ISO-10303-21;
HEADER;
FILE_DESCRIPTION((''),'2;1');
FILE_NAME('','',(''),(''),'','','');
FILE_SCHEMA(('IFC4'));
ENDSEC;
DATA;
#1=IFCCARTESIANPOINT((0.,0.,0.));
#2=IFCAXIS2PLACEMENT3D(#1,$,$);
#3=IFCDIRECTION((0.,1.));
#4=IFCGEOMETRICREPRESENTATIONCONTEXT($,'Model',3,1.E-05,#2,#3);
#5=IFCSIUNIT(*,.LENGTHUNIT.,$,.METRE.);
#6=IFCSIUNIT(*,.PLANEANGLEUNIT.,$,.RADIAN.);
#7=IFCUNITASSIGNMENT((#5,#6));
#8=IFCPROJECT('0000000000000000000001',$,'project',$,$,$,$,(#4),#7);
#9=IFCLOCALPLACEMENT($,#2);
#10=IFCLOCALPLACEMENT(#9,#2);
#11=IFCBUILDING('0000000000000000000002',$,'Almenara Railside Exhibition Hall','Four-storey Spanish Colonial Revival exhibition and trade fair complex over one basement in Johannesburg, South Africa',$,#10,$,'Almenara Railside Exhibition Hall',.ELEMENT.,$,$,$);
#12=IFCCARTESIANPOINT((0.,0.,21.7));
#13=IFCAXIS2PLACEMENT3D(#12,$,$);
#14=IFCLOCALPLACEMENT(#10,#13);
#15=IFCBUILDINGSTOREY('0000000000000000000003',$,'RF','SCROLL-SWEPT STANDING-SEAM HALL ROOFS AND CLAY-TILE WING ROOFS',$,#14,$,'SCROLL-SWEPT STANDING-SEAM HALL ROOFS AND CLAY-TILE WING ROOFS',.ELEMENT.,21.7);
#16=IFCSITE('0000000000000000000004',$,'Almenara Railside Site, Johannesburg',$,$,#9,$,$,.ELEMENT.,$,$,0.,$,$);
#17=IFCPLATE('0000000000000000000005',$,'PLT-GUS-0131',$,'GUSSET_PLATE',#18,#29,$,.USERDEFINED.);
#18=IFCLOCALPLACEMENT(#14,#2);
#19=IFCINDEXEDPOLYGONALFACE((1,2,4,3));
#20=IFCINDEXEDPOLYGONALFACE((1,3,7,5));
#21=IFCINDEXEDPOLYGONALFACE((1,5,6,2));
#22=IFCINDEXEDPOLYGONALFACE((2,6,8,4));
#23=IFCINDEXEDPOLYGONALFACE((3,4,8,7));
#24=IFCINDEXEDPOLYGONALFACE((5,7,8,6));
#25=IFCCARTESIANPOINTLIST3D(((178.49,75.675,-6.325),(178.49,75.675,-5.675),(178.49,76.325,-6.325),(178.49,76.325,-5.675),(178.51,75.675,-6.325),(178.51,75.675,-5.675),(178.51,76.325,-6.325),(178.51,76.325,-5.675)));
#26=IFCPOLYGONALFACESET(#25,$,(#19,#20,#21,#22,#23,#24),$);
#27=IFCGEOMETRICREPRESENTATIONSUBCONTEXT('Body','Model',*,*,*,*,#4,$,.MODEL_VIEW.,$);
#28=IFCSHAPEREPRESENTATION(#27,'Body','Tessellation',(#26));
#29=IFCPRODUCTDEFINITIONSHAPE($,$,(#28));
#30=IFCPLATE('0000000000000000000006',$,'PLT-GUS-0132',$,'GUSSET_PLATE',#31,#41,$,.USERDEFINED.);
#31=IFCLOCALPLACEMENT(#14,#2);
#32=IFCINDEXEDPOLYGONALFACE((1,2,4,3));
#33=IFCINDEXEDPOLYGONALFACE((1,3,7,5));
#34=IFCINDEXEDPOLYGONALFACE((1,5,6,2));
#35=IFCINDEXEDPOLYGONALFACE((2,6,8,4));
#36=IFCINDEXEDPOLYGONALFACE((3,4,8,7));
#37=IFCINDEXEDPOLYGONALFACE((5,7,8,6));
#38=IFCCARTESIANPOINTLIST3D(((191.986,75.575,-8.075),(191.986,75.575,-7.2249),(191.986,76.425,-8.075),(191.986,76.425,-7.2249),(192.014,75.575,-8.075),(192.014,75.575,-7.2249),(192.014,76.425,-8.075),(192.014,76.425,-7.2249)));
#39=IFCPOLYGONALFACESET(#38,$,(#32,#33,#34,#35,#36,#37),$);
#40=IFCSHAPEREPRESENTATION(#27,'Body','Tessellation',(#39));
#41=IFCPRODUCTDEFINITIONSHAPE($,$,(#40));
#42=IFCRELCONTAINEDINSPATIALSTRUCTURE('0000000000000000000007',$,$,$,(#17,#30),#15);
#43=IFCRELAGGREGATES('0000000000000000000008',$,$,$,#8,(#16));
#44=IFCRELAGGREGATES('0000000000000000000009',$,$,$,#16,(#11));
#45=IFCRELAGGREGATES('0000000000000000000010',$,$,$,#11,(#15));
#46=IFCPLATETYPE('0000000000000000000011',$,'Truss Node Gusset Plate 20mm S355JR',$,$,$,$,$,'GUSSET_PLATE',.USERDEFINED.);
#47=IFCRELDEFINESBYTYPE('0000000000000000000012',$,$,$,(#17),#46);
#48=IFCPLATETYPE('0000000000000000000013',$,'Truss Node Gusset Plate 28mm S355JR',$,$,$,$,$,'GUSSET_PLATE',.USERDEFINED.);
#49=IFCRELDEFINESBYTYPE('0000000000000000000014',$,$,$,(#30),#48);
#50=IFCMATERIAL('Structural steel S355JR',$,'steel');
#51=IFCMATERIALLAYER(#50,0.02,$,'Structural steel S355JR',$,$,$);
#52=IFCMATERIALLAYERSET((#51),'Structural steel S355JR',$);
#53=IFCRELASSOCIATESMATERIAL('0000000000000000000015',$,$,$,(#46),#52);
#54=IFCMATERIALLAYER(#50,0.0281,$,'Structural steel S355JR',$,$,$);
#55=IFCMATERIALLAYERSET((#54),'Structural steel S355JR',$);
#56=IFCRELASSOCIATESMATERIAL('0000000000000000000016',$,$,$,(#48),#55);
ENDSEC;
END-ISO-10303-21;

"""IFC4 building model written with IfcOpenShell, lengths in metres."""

from ifc_helpers import new_model, si_unit, direction, frame, origin, origin_2d, place, context, subcontext, project, spatial, rectangle, extrude, material, layer, layer_set, type_object, element, save


model = new_model("IFC4")

# Units and contexts
model_context = context("Model", 3, precision=1e-05, world=origin(), true_north=direction((0.0, 1.0)))
body_context = subcontext(model_context, "Body", "Model", "MODEL_VIEW")
ifc_project = project(units=[si_unit("LENGTHUNIT", "METRE"), si_unit("PLANEANGLEUNIT", "RADIAN")], contexts=[model_context])

# Site, building, storey
site_placement = place(None, origin())
site = spatial("IfcSite", under=ifc_project, at=site_placement, Name="Almenara Railside Site, Johannesburg", CompositionType="ELEMENT", RefElevation=0.0)
building_placement = place(site_placement, origin())
building = spatial("IfcBuilding", under=site, at=building_placement, Name="Almenara Railside Exhibition Hall", Description="Four-storey Spanish Colonial Revival exhibition and trade fair complex over one basement in Johannesburg, South Africa", LongName="Almenara Railside Exhibition Hall", CompositionType="ELEMENT")
storey_placement = place(building_placement, frame((0.0, 0.0, 21.7)))
storey = spatial("IfcBuildingStorey", under=building, at=storey_placement, Name="RF", Description="SCROLL-SWEPT STANDING-SEAM HALL ROOFS AND CLAY-TILE WING ROOFS", LongName="SCROLL-SWEPT STANDING-SEAM HALL ROOFS AND CLAY-TILE WING ROOFS", CompositionType="ELEMENT", Elevation=21.7)

# Shared definitions
ifc_material_1 = material(Name="Structural steel S355JR", Category="steel")

# Plates
ifc_layer_1 = layer(ifc_material_1, 0.02, Name="Structural steel S355JR")
ifc_layer_set_1 = layer_set([ifc_layer_1], Name="Structural steel S355JR")
plate_type_1 = type_object("IfcPlateType", Name="Truss Node Gusset Plate 20mm S355JR", ElementType="GUSSET_PLATE", PredefinedType="USERDEFINED", material=ifc_layer_set_1)
plate_1_placement = place(storey_placement, frame((178.5, 76.0, -6.325), z_axis=(0.0, 0.0, 1.0), x_axis=(0.0, 1.0, 0.0)))
element("IfcPlate", 1, at=plate_1_placement, inside=storey, type_object=plate_type_1, Name="PLT-GUS-0131", ObjectType="GUSSET_PLATE", PredefinedType="USERDEFINED", context=body_context, shape_type="SweptSolid", body=[
    extrude(rectangle(XDim=0.6499, YDim=0.02, at=origin_2d()), origin(), (0.0, 0.0, 1.0), 0.6499),
])
ifc_layer_2 = layer(ifc_material_1, 0.0281, Name="Structural steel S355JR")
ifc_layer_set_2 = layer_set([ifc_layer_2], Name="Structural steel S355JR")
plate_type_2 = type_object("IfcPlateType", Name="Truss Node Gusset Plate 28mm S355JR", ElementType="GUSSET_PLATE", PredefinedType="USERDEFINED", material=ifc_layer_set_2)
plate_2_placement = place(storey_placement, frame((192.0, 76.0, -8.075), z_axis=(0.0, 0.0, 1.0), x_axis=(0.0, 1.0, 0.0)))
element("IfcPlate", 2, at=plate_2_placement, inside=storey, type_object=plate_type_2, Name="PLT-GUS-0132", ObjectType="GUSSET_PLATE", PredefinedType="USERDEFINED", context=body_context, shape_type="SweptSolid", body=[
    extrude(rectangle(XDim=0.8501, YDim=0.0281, at=origin_2d()), origin(), (0.0, 0.0, 1.0), 0.8501),
])

save(model, "model.ifc")
